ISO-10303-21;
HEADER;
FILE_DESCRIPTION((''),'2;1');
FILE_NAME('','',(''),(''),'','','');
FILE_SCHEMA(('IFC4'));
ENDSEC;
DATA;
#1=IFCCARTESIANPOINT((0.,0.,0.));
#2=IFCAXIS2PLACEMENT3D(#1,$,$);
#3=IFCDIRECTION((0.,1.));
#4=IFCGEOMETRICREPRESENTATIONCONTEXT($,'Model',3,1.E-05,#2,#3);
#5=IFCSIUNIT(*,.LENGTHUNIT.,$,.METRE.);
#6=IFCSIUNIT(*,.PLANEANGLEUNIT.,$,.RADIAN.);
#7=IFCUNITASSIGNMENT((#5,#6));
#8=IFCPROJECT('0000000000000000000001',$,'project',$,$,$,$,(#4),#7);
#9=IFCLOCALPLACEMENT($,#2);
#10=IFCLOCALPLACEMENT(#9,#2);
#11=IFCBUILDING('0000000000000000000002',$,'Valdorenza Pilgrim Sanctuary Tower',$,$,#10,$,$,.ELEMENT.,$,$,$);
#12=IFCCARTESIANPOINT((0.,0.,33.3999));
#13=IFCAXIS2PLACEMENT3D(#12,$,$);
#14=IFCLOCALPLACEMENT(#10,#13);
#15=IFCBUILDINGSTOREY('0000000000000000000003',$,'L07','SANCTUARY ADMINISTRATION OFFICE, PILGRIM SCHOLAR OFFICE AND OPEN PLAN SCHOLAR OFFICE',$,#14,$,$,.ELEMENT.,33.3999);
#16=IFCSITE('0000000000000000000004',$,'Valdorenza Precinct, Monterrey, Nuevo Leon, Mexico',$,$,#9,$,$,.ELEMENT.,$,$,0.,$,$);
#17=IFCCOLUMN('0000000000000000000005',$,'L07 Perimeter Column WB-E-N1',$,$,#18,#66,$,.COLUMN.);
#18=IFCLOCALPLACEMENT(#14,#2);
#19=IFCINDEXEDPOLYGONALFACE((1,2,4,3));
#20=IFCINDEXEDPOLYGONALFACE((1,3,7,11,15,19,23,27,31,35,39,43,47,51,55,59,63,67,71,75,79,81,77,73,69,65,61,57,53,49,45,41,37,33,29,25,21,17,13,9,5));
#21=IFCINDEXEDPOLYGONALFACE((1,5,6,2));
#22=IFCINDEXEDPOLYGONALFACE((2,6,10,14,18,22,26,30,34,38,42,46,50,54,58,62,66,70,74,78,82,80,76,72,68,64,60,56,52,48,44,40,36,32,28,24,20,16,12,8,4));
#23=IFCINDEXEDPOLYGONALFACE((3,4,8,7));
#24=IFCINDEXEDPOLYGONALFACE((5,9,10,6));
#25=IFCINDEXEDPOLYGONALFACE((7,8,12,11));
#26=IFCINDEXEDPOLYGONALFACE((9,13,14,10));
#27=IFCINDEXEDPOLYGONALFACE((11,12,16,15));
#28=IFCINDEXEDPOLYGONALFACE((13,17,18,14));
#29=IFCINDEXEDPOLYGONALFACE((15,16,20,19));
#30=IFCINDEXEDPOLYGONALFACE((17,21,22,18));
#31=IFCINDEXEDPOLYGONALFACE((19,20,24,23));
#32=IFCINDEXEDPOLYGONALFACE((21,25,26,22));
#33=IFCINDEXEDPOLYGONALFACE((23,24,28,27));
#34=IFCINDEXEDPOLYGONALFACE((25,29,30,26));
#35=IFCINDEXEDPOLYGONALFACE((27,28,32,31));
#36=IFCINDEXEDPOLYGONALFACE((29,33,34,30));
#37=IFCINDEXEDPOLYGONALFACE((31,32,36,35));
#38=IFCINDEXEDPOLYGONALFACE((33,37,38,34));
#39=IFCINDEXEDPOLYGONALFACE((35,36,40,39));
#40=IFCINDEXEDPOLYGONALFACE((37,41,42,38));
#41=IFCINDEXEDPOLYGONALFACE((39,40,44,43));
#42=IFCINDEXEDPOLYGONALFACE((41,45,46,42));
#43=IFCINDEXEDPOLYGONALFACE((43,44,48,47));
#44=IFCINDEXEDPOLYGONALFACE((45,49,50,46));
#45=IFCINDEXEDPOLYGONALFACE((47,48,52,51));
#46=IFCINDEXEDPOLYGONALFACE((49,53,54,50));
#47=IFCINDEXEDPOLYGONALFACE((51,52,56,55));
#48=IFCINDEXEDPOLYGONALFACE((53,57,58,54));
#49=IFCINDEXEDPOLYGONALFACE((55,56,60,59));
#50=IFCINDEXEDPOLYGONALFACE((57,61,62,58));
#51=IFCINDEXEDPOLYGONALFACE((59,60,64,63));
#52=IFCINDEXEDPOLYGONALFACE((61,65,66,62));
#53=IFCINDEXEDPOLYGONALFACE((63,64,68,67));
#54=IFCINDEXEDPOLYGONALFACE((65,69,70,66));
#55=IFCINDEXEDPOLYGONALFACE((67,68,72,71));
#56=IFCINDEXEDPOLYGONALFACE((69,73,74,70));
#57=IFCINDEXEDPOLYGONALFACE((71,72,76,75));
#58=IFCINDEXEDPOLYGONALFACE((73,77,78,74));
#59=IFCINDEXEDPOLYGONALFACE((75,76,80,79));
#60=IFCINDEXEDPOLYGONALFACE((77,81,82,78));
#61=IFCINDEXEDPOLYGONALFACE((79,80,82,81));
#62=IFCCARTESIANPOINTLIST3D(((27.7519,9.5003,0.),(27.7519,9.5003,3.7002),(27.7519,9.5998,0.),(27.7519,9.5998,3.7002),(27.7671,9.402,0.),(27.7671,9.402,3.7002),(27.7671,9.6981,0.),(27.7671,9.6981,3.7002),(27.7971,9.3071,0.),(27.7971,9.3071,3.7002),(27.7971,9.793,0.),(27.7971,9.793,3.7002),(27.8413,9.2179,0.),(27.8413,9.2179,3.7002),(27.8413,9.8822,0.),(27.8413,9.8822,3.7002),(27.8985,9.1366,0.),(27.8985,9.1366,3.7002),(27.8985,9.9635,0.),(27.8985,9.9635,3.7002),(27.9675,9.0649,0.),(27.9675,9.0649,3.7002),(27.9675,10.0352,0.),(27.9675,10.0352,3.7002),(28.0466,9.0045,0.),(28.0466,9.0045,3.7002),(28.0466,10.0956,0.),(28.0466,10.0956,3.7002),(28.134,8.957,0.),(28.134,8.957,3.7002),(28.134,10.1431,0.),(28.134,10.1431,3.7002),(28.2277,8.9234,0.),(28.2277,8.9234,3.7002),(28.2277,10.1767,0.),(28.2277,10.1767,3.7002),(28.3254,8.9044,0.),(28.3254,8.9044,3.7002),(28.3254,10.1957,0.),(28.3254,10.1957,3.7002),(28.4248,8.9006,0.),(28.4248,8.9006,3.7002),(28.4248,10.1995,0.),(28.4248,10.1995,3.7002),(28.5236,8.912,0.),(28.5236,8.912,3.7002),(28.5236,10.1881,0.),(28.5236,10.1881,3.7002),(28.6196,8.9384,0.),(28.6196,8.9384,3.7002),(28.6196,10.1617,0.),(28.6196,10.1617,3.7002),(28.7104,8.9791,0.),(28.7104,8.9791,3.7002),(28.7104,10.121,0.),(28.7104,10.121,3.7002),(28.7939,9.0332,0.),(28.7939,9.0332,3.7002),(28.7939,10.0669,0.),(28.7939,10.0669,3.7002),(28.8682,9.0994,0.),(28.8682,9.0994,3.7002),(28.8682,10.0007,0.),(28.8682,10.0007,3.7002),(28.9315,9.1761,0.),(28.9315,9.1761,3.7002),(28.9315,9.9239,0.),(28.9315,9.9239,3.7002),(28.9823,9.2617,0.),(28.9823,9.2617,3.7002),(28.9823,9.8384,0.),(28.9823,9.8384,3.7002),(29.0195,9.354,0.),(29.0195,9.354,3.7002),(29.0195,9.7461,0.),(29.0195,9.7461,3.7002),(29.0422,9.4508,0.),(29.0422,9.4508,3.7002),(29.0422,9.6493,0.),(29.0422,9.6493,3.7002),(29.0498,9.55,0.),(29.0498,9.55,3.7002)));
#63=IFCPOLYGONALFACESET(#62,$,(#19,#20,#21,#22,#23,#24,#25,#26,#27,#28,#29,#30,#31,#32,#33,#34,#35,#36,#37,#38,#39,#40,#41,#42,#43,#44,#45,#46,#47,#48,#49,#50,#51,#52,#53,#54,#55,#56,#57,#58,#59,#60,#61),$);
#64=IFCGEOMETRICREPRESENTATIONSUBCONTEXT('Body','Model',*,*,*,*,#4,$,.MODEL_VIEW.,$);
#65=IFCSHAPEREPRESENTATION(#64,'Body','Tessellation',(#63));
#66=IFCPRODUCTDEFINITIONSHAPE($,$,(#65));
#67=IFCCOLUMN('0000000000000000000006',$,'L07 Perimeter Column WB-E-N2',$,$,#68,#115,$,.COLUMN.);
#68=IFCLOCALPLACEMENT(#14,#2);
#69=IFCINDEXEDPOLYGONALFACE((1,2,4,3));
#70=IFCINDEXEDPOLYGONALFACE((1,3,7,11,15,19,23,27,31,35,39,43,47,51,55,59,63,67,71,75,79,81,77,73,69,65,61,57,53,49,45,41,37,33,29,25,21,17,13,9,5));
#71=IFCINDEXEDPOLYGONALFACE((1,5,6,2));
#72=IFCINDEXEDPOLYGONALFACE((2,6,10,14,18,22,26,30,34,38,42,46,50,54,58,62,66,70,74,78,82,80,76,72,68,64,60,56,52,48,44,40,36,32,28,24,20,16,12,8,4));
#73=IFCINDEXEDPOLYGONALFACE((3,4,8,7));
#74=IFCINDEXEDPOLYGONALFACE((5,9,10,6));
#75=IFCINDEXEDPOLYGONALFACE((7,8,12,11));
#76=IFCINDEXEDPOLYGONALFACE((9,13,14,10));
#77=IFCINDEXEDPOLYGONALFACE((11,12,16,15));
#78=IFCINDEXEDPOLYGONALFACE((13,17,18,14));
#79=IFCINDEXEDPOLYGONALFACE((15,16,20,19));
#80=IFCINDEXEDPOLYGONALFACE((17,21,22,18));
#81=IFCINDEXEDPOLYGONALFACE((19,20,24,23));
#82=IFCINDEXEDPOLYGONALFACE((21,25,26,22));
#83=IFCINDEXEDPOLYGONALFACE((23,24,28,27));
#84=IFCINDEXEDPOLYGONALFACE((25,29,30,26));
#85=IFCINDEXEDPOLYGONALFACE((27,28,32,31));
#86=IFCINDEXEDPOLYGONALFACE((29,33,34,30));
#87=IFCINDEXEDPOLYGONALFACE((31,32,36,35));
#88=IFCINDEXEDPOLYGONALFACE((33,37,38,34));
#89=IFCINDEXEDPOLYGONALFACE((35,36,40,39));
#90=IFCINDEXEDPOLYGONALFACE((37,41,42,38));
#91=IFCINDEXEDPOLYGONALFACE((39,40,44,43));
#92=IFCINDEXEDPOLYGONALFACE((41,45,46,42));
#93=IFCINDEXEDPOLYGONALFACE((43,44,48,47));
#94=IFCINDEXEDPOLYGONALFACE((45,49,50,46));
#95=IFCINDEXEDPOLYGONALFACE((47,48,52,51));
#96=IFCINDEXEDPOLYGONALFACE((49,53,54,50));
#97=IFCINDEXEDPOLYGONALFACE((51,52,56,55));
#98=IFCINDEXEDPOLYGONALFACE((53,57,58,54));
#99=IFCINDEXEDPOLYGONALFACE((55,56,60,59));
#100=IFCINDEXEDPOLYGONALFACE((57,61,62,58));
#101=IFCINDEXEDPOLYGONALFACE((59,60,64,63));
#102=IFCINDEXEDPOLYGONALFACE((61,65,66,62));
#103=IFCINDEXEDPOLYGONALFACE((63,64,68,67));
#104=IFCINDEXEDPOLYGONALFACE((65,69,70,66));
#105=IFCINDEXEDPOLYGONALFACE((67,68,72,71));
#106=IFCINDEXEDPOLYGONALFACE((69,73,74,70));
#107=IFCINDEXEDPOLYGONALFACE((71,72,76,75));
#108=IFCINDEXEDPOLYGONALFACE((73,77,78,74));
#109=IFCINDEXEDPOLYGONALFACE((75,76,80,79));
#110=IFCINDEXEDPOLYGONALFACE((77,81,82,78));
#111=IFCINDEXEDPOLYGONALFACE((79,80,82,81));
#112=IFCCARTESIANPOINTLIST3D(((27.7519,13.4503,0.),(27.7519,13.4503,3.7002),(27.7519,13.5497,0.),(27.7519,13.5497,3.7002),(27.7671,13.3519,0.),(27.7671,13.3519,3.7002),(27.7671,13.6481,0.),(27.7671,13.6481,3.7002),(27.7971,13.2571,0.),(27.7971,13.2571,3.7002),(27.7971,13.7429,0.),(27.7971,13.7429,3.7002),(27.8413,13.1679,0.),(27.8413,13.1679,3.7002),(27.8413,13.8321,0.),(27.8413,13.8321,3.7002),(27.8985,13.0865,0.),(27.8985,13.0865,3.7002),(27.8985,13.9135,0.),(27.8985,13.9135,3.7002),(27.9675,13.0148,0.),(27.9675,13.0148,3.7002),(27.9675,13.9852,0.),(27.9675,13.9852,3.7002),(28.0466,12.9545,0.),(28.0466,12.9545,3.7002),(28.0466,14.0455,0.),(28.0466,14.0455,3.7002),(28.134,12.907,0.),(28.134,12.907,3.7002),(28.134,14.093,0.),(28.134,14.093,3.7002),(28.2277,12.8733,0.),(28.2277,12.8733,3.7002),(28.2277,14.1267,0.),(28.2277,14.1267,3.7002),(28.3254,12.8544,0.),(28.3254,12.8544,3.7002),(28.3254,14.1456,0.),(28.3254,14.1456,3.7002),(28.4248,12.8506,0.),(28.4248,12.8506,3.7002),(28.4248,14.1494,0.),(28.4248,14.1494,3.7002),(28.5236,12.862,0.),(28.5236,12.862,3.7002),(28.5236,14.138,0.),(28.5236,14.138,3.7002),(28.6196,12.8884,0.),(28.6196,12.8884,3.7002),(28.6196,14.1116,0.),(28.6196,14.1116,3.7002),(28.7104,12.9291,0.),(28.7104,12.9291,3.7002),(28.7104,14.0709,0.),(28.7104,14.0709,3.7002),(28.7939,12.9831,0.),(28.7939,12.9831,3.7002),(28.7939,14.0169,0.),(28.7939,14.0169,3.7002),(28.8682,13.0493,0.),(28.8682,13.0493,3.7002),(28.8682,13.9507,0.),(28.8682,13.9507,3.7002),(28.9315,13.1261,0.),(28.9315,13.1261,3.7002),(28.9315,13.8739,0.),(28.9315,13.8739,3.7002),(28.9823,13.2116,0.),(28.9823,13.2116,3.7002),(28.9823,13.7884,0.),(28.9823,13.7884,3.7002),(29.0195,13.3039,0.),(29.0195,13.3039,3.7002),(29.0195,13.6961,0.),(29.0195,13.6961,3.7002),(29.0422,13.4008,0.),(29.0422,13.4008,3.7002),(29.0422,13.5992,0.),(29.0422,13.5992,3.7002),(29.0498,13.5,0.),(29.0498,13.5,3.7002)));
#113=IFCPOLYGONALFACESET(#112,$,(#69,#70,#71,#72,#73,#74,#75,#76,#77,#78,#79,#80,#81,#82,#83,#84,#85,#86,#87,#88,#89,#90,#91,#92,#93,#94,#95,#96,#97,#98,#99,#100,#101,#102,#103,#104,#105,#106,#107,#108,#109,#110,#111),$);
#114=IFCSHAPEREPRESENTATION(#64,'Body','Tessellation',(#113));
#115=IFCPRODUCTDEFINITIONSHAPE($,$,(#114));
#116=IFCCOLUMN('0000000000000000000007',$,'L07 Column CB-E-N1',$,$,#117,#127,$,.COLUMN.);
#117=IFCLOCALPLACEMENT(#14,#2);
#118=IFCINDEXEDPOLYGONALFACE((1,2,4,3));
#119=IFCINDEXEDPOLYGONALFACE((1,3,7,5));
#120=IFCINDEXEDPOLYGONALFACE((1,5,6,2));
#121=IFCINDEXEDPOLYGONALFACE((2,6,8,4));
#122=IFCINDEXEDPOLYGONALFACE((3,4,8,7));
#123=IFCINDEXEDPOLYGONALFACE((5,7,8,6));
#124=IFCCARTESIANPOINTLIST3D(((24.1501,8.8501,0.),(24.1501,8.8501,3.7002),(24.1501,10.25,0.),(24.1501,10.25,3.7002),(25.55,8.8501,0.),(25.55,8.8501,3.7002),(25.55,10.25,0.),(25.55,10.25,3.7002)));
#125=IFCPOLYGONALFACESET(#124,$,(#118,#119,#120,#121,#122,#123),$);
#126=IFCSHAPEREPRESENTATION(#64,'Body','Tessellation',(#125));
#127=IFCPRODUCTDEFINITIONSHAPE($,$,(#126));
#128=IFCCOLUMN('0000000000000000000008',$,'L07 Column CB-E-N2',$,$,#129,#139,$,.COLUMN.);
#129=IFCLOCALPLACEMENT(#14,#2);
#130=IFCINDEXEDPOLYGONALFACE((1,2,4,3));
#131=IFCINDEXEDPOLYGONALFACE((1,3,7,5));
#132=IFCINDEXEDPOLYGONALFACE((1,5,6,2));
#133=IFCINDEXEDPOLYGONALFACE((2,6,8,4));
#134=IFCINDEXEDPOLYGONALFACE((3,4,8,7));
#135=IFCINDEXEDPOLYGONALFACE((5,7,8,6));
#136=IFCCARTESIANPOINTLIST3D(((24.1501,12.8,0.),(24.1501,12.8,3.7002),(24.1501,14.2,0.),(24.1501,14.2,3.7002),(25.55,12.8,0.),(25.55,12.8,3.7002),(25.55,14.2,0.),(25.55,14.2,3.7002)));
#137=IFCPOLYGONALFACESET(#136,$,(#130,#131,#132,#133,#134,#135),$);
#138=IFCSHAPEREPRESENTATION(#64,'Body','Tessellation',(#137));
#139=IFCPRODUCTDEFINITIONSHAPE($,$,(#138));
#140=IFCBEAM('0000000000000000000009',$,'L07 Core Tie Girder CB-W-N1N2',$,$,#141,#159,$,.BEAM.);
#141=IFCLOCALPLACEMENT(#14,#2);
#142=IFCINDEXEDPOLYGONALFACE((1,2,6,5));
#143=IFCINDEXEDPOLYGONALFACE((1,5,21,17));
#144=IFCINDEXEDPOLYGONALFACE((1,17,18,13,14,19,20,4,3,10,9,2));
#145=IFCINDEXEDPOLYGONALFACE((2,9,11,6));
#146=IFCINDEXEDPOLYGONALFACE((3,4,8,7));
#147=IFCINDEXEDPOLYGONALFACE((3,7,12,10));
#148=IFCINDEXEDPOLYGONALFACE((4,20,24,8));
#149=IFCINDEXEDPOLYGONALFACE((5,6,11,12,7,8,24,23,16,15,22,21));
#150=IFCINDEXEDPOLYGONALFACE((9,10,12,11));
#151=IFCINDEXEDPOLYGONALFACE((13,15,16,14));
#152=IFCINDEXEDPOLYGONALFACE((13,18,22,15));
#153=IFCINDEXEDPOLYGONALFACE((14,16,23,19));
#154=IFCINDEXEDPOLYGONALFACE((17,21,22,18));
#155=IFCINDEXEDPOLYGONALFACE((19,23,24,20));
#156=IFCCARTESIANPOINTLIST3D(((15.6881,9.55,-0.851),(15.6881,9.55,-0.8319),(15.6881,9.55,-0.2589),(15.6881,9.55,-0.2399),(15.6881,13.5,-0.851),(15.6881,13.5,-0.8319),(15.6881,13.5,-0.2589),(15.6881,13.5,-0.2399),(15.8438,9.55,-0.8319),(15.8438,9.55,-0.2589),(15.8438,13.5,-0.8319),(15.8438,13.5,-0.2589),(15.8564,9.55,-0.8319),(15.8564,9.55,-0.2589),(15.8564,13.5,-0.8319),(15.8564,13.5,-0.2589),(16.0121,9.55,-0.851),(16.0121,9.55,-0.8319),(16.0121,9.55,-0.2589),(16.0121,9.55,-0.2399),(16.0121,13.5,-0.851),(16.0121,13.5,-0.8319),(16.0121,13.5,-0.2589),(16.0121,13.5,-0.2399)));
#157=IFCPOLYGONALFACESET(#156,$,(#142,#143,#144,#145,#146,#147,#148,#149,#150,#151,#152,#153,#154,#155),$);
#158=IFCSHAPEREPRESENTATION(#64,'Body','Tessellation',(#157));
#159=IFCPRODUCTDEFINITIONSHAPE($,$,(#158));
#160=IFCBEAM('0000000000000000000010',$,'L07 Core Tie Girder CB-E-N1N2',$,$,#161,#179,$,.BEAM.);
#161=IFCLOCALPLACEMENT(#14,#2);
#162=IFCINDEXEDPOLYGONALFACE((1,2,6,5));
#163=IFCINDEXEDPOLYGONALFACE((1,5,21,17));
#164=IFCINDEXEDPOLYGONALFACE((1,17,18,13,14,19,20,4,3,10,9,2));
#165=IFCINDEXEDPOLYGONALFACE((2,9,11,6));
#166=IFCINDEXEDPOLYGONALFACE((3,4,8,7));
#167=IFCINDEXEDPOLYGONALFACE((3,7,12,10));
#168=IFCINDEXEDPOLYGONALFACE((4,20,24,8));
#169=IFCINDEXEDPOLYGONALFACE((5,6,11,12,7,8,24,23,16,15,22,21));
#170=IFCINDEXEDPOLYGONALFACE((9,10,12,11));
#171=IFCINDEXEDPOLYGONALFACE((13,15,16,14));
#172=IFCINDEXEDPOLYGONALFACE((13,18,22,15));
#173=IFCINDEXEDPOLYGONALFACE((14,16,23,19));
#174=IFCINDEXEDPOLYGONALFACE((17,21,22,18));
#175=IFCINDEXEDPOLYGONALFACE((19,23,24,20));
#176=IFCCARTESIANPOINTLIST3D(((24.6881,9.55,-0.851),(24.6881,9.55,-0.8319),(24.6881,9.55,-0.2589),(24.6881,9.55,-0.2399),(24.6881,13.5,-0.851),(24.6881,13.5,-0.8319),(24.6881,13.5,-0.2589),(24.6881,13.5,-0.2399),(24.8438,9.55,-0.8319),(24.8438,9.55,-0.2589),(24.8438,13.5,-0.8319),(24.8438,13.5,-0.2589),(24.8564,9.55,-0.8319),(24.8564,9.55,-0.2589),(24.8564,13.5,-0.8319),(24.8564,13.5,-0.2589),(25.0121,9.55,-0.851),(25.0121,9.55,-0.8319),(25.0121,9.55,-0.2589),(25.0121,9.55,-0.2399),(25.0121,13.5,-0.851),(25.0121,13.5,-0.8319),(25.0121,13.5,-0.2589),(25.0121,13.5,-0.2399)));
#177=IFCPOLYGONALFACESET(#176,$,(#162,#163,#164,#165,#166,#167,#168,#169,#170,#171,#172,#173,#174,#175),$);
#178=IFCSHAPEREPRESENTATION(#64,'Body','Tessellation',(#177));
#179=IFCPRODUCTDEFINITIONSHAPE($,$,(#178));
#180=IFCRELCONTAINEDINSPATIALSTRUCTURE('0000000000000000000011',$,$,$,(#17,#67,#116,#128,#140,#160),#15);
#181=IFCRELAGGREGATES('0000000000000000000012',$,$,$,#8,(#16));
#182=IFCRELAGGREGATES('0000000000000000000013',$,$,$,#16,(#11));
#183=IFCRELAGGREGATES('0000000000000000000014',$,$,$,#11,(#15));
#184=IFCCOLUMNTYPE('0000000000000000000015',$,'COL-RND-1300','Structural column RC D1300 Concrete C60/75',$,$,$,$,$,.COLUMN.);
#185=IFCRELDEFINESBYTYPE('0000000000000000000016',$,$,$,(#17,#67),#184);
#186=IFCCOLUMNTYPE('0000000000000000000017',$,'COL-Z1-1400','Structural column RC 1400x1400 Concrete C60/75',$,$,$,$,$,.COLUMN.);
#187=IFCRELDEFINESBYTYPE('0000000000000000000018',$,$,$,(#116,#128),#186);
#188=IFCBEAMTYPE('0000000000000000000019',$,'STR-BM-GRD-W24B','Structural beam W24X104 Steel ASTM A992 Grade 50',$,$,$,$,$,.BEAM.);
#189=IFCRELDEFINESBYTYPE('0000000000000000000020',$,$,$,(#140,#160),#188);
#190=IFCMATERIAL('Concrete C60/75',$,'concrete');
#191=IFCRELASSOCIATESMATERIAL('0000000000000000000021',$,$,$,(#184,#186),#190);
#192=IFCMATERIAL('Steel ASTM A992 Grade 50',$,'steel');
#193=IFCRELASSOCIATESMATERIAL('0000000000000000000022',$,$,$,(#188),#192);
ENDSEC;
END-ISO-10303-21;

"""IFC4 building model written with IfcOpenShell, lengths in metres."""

from ifc_helpers import new_model, si_unit, direction, frame, origin, origin_2d, place, context, subcontext, project, spatial, rectangle, circle, i_section, extrude, source, transform, mapped, material, material_profile, profile_set, type_object, element, save


model = new_model("IFC4")

# Units and contexts
model_context = context("Model", 3, precision=1e-05, world=origin(), true_north=direction((0.0, 1.0)))
body_context = subcontext(model_context, "Body", "Model", "MODEL_VIEW")
ifc_project = project(units=[si_unit("LENGTHUNIT", "METRE"), si_unit("PLANEANGLEUNIT", "RADIAN")], contexts=[model_context])

# Site, building, storey
site_placement = place(None, origin())
site = spatial("IfcSite", under=ifc_project, at=site_placement, Name="Valdorenza Precinct, Monterrey, Nuevo Leon, Mexico", CompositionType="ELEMENT", RefElevation=0.0)
building_placement = place(site_placement, origin())
building = spatial("IfcBuilding", under=site, at=building_placement, Name="Valdorenza Pilgrim Sanctuary Tower", CompositionType="ELEMENT")
storey_placement = place(building_placement, frame((0.0, 0.0, 33.3999)))
storey = spatial("IfcBuildingStorey", under=building, at=storey_placement, Name="L07", Description="SANCTUARY ADMINISTRATION OFFICE, PILGRIM SCHOLAR OFFICE AND OPEN PLAN SCHOLAR OFFICE", CompositionType="ELEMENT", Elevation=33.3999)

# Columns
ifc_material_1 = material(Name="Concrete C60/75", Category="concrete")
ifc_material_profile_1 = material_profile(ifc_material_1, circle(Radius=0.6499, at=origin_2d()), Name="RC D1300")
ifc_profile_set_1 = profile_set([ifc_material_profile_1], Name="Concrete C60/75")
column_type_1 = type_object("IfcColumnType", Name="COL-RND-1300", Description="Structural column RC D1300 Concrete C60/75", PredefinedType="COLUMN", material=ifc_profile_set_1)
shared_shape_1 = source(origin(), body_context, "Body", "SweptSolid", [
    extrude(circle(Radius=0.6499, at=origin_2d()), origin(), (0.0, 0.0, 1.0), 3.7002),
])
for number, where, z_axis, x_axis, name in (
    (1, (28.3999, 9.55, 0.0), (0.0, 0.0, 1.0), (1.0, 0.0, 0.0), "L07 Perimeter Column WB-E-N1"),
    (2, (28.3999, 13.5, 0.0), (0.0, 0.0, 1.0), (1.0, 0.0, 0.0), "L07 Perimeter Column WB-E-N2"),
):
    element("IfcColumn", number, at=place(storey_placement, frame(where, z_axis=z_axis, x_axis=x_axis)), inside=storey, type_object=column_type_1, Name=name, PredefinedType="COLUMN", context=body_context, shape_type="MappedRepresentation", body=[
        mapped(shared_shape_1, transform((0.0, 0.0, 0.0), x_axis=(1.0, 0.0, 0.0), y_axis=(0.0, 1.0, 0.0), z_axis=(0.0, 0.0, 1.0), scale=1.0)),
    ])
ifc_material_profile_2 = material_profile(ifc_material_1, rectangle(XDim=1.3999, YDim=1.3999, at=origin_2d()), Name="RC 1400x1400")
ifc_profile_set_2 = profile_set([ifc_material_profile_2], Name="Concrete C60/75")
column_type_2 = type_object("IfcColumnType", Name="COL-Z1-1400", Description="Structural column RC 1400x1400 Concrete C60/75", PredefinedType="COLUMN", material=ifc_profile_set_2)
shared_shape_2 = source(origin(), body_context, "Body", "SweptSolid", [
    extrude(rectangle(XDim=1.3999, YDim=1.3999, at=origin_2d()), origin(), (0.0, 0.0, 1.0), 3.7002),
])
for number, where, z_axis, x_axis, name in (
    (3, (24.8501, 9.55, 0.0), (0.0, 0.0, 1.0), (1.0, 0.0, 0.0), "L07 Column CB-E-N1"),
    (4, (24.8501, 13.5, 0.0), (0.0, 0.0, 1.0), (1.0, 0.0, 0.0), "L07 Column CB-E-N2"),
):
    element("IfcColumn", number, at=place(storey_placement, frame(where, z_axis=z_axis, x_axis=x_axis)), inside=storey, type_object=column_type_2, Name=name, PredefinedType="COLUMN", context=body_context, shape_type="MappedRepresentation", body=[
        mapped(shared_shape_2, transform((0.0, 0.0, 0.0), x_axis=(1.0, 0.0, 0.0), y_axis=(0.0, 1.0, 0.0), z_axis=(0.0, 0.0, 1.0), scale=1.0)),
    ])

# Beams
ifc_material_2 = material(Name="Steel ASTM A992 Grade 50", Category="steel")
ifc_material_profile_3 = material_profile(ifc_material_2, i_section(OverallWidth=0.324, OverallDepth=0.6111, WebThickness=0.0127, FlangeThickness=0.019, at=origin_2d()), Name="W24X104")
ifc_profile_set_3 = profile_set([ifc_material_profile_3], Name="Steel ASTM A992 Grade 50")
beam_type_1 = type_object("IfcBeamType", Name="STR-BM-GRD-W24B", Description="Structural beam W24X104 Steel ASTM A992 Grade 50", PredefinedType="BEAM", material=ifc_profile_set_3)
shared_shape_3 = source(origin(), body_context, "Body", "SweptSolid", [
    extrude(i_section(OverallWidth=0.324, OverallDepth=0.6111, WebThickness=0.0127, FlangeThickness=0.019, at=origin_2d()), origin(), (0.0, 0.0, 1.0), 3.95),
])
for number, where, z_axis, x_axis, name in (
    (5, (15.8501, 9.55, -0.5454), (0.0, 1.0, 0.0), (-1.0, 0.0, 0.0), "L07 Core Tie Girder CB-W-N1N2"),
    (6, (24.8501, 9.55, -0.5454), (0.0, 1.0, 0.0), (-1.0, 0.0, 0.0), "L07 Core Tie Girder CB-E-N1N2"),
):
    element("IfcBeam", number, at=place(storey_placement, frame(where, z_axis=z_axis, x_axis=x_axis)), inside=storey, type_object=beam_type_1, Name=name, PredefinedType="BEAM", context=body_context, shape_type="MappedRepresentation", body=[
        mapped(shared_shape_3, transform((0.0, 0.0, 0.0), x_axis=(1.0, 0.0, 0.0), y_axis=(0.0, 1.0, 0.0), z_axis=(0.0, 0.0, 1.0), scale=1.0)),
    ])

save(model, "model.ifc")
